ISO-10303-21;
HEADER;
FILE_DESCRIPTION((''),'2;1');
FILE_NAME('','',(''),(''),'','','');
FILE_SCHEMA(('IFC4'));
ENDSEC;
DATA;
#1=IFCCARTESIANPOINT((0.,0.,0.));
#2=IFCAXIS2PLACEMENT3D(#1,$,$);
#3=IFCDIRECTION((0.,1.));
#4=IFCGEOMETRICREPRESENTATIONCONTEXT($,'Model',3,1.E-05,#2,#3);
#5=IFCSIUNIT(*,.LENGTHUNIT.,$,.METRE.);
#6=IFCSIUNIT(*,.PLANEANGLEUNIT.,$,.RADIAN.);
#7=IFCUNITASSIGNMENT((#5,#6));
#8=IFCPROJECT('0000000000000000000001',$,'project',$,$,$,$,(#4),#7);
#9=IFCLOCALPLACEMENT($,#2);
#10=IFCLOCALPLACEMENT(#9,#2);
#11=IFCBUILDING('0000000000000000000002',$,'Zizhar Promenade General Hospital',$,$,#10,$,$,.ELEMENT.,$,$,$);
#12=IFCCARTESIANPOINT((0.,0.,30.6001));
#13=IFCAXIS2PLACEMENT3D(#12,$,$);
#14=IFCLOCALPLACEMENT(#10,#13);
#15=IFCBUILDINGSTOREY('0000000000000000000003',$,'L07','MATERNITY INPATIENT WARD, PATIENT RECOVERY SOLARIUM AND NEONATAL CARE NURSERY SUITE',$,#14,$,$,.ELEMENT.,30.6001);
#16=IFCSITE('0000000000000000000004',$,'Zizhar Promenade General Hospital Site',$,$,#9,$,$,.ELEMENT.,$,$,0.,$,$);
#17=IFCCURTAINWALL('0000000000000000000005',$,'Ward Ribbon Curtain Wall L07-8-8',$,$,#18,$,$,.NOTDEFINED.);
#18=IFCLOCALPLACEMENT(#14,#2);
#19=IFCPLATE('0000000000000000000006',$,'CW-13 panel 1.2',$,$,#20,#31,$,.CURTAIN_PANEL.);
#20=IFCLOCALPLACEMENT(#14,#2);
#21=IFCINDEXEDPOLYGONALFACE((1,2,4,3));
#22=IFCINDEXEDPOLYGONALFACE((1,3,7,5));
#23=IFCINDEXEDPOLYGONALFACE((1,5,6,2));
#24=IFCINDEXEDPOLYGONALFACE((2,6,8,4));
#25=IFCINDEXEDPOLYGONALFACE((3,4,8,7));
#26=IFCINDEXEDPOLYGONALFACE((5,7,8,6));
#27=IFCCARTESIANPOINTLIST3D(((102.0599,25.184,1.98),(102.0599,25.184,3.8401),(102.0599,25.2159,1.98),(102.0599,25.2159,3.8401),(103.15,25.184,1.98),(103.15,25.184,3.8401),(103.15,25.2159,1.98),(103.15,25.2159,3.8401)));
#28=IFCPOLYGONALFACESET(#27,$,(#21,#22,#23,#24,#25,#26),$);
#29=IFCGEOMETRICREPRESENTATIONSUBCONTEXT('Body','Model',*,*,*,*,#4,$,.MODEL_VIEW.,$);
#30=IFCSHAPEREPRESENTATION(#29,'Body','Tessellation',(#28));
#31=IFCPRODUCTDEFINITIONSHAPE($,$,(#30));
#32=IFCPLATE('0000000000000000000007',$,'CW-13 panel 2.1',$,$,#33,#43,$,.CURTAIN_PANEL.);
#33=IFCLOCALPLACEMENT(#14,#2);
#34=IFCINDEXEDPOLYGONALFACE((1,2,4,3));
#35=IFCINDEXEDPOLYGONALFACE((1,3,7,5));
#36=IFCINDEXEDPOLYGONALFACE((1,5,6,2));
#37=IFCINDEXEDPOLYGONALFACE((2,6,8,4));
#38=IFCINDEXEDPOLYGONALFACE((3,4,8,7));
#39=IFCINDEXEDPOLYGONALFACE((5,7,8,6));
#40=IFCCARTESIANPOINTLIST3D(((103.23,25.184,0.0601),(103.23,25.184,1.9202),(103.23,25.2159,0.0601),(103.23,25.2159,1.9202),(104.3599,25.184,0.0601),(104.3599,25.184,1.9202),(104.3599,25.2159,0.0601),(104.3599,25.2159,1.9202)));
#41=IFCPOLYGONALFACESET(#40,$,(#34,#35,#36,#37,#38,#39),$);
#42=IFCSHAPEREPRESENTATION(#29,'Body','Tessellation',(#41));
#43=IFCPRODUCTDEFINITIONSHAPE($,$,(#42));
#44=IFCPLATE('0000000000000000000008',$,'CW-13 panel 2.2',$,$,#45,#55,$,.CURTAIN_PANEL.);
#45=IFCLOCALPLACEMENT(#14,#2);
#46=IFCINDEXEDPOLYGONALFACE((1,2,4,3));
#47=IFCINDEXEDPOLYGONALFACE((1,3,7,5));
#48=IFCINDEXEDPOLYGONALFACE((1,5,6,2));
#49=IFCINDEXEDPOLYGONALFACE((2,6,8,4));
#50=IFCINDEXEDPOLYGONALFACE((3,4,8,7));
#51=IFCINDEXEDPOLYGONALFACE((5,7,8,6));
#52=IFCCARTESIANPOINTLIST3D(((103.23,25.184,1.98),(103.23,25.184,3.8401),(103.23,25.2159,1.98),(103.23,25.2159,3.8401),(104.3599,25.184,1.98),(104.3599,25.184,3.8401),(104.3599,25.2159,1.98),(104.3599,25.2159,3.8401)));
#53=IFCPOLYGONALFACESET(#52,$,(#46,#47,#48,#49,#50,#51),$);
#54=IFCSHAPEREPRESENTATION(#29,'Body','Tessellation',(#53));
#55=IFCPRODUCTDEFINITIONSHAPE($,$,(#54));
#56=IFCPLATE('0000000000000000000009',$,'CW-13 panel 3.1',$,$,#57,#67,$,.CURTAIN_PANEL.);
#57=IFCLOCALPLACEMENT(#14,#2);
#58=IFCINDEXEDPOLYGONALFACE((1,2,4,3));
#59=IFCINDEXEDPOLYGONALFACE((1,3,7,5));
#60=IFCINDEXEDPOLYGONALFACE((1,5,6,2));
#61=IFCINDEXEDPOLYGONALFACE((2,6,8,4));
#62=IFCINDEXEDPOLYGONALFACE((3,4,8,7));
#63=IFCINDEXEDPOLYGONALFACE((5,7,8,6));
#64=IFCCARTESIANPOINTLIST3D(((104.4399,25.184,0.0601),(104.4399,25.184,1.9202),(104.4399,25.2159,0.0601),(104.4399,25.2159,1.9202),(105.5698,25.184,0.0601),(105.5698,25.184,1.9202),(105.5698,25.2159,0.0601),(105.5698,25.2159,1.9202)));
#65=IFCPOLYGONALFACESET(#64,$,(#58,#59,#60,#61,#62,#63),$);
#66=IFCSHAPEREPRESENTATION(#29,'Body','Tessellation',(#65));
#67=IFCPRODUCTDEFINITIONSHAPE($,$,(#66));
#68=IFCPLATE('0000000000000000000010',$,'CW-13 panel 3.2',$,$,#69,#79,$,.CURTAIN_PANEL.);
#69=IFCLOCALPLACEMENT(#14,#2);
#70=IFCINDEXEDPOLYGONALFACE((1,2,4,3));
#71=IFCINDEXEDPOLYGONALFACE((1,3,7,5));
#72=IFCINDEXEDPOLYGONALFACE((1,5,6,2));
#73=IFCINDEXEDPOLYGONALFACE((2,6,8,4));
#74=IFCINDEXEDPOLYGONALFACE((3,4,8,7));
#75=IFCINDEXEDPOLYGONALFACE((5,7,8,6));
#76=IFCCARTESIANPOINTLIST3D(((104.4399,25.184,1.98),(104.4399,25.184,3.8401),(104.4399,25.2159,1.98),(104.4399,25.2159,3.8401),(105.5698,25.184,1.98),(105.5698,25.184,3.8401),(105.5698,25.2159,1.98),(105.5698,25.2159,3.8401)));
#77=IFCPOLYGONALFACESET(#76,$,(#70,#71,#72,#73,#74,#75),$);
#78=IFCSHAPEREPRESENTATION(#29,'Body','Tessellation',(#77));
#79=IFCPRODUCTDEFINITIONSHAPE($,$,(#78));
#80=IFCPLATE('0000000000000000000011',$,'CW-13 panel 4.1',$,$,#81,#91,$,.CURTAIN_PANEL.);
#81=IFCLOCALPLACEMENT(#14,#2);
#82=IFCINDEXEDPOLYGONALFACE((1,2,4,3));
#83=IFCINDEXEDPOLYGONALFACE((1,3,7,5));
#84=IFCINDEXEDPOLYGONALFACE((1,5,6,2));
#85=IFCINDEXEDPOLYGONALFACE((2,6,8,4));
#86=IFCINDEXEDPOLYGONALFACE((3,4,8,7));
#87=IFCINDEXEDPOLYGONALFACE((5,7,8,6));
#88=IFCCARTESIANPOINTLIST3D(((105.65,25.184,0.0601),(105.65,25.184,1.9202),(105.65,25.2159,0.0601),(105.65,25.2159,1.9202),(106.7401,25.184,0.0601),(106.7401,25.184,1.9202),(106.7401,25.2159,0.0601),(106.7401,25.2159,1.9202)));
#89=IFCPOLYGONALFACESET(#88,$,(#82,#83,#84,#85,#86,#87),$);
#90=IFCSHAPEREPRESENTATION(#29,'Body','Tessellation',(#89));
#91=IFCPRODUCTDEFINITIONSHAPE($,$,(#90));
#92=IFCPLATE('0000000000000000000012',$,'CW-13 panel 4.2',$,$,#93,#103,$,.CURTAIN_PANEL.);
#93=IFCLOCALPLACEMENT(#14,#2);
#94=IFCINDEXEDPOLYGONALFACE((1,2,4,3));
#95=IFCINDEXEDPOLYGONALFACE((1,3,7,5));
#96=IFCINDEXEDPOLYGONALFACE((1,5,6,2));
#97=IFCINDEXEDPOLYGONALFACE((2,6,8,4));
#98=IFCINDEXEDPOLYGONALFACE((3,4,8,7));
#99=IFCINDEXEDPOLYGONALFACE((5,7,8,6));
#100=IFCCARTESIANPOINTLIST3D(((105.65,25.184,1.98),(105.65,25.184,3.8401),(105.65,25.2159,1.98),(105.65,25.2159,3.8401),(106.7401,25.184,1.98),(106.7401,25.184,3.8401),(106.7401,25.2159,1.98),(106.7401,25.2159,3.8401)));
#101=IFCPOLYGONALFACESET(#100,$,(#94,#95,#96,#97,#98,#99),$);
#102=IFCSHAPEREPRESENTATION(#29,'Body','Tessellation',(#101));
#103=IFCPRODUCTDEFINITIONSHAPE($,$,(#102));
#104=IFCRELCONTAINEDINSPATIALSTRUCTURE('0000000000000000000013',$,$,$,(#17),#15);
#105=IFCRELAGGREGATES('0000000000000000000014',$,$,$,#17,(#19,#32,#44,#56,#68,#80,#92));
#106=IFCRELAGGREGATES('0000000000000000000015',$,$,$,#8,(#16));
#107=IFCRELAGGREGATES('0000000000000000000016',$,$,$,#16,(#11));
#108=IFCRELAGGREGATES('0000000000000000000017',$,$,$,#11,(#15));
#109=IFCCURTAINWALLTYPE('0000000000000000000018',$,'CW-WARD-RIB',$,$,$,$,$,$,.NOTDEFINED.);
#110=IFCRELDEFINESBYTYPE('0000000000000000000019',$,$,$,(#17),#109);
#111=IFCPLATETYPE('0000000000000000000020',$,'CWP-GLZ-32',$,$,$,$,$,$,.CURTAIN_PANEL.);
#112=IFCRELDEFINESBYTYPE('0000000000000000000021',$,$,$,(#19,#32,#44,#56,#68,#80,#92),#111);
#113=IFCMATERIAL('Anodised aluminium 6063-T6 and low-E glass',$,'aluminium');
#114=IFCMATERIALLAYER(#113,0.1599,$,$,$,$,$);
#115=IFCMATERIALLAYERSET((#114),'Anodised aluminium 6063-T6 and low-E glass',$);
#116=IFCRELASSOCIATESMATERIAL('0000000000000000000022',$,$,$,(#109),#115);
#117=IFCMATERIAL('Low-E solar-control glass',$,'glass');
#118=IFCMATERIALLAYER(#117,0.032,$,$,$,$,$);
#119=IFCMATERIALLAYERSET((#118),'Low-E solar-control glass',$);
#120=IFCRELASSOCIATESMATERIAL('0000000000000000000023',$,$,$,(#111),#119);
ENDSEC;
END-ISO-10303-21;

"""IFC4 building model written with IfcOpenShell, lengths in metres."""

from ifc_helpers import new_model, si_unit, direction, frame, origin, origin_2d, place, context, subcontext, project, spatial, rectangle, extrude, material, layer, layer_set, type_object, element, aggregate, save


model = new_model("IFC4")

# Units and contexts
model_context = context("Model", 3, precision=1e-05, world=origin(), true_north=direction((0.0, 1.0)))
body_context = subcontext(model_context, "Body", "Model", "MODEL_VIEW")
ifc_project = project(units=[si_unit("LENGTHUNIT", "METRE"), si_unit("PLANEANGLEUNIT", "RADIAN")], contexts=[model_context])

# Site, building, storey
site_placement = place(None, origin())
site = spatial("IfcSite", under=ifc_project, at=site_placement, Name="Zizhar Promenade General Hospital Site", CompositionType="ELEMENT", RefElevation=0.0)
building_placement = place(site_placement, origin())
building = spatial("IfcBuilding", under=site, at=building_placement, Name="Zizhar Promenade General Hospital", CompositionType="ELEMENT")
storey_placement = place(building_placement, frame((0.0, 0.0, 30.6001)))
storey = spatial("IfcBuildingStorey", under=building, at=storey_placement, Name="L07", Description="MATERNITY INPATIENT WARD, PATIENT RECOVERY SOLARIUM AND NEONATAL CARE NURSERY SUITE", CompositionType="ELEMENT", Elevation=30.6001)

# Shared definitions
ifc_material_1 = material(Name="Anodised aluminium 6063-T6 and low-E glass", Category="aluminium")
ifc_layer_1 = layer(ifc_material_1, 0.1599)
ifc_layer_set_1 = layer_set([ifc_layer_1], Name="Anodised aluminium 6063-T6 and low-E glass")
curtain_wall_type = type_object("IfcCurtainWallType", Name="CW-WARD-RIB", PredefinedType="NOTDEFINED", material=ifc_layer_set_1)

# Curtain wall
curtain_wall_1_placement = place(storey_placement, origin())
curtain_wall_1 = element("IfcCurtainWall", 1, at=curtain_wall_1_placement, inside=storey, type_object=curtain_wall_type, Name="Ward Ribbon Curtain Wall L07-8-8", PredefinedType="NOTDEFINED")

# Plates
ifc_material_2 = material(Name="Low-E solar-control glass", Category="glass")
ifc_layer_2 = layer(ifc_material_2, 0.032)
ifc_layer_set_2 = layer_set([ifc_layer_2], Name="Low-E solar-control glass")
plate_type = type_object("IfcPlateType", Name="CWP-GLZ-32", PredefinedType="CURTAIN_PANEL", material=ifc_layer_set_2)
plate_1_placement = place(storey_placement, frame((102.605, 25.2, 1.98), z_axis=(0.0, 0.0, 1.0), x_axis=(1.0, 0.0, 0.0)))
plate_1 = element("IfcPlate", 2, at=plate_1_placement, type_object=plate_type, Name="CW-13 panel 1.2", PredefinedType="CURTAIN_PANEL", context=body_context, shape_type="SweptSolid", body=[
    extrude(rectangle(XDim=1.0901, YDim=0.032, at=origin_2d()), origin(), (0.0, 0.0, 1.0), 1.8601),
])
plate_2_placement = place(storey_placement, frame((103.7949, 25.2, 0.0601), z_axis=(0.0, 0.0, 1.0), x_axis=(1.0, 0.0, 0.0)))
plate_2 = element("IfcPlate", 3, at=plate_2_placement, type_object=plate_type, Name="CW-13 panel 2.1", PredefinedType="CURTAIN_PANEL", context=body_context, shape_type="SweptSolid", body=[
    extrude(rectangle(XDim=1.1299, YDim=0.032, at=origin_2d()), origin(), (0.0, 0.0, 1.0), 1.8601),
])
plate_3_placement = place(storey_placement, frame((103.7949, 25.2, 1.98), z_axis=(0.0, 0.0, 1.0), x_axis=(1.0, 0.0, 0.0)))
plate_3 = element("IfcPlate", 4, at=plate_3_placement, type_object=plate_type, Name="CW-13 panel 2.2", PredefinedType="CURTAIN_PANEL", context=body_context, shape_type="SweptSolid", body=[
    extrude(rectangle(XDim=1.1299, YDim=0.032, at=origin_2d()), origin(), (0.0, 0.0, 1.0), 1.8601),
])
plate_4_placement = place(storey_placement, frame((105.0049, 25.2, 0.0601), z_axis=(0.0, 0.0, 1.0), x_axis=(1.0, 0.0, 0.0)))
plate_4 = element("IfcPlate", 5, at=plate_4_placement, type_object=plate_type, Name="CW-13 panel 3.1", PredefinedType="CURTAIN_PANEL", context=body_context, shape_type="SweptSolid", body=[
    extrude(rectangle(XDim=1.1299, YDim=0.032, at=origin_2d()), origin(), (0.0, 0.0, 1.0), 1.8601),
])
plate_5_placement = place(storey_placement, frame((105.0049, 25.2, 1.98), z_axis=(0.0, 0.0, 1.0), x_axis=(1.0, 0.0, 0.0)))
plate_5 = element("IfcPlate", 6, at=plate_5_placement, type_object=plate_type, Name="CW-13 panel 3.2", PredefinedType="CURTAIN_PANEL", context=body_context, shape_type="SweptSolid", body=[
    extrude(rectangle(XDim=1.1299, YDim=0.032, at=origin_2d()), origin(), (0.0, 0.0, 1.0), 1.8601),
])
plate_6_placement = place(storey_placement, frame((106.1951, 25.2, 0.0601), z_axis=(0.0, 0.0, 1.0), x_axis=(1.0, 0.0, 0.0)))
plate_6 = element("IfcPlate", 7, at=plate_6_placement, type_object=plate_type, Name="CW-13 panel 4.1", PredefinedType="CURTAIN_PANEL", context=body_context, shape_type="SweptSolid", body=[
    extrude(rectangle(XDim=1.0901, YDim=0.032, at=origin_2d()), origin(), (0.0, 0.0, 1.0), 1.8601),
])
plate_7_placement = place(storey_placement, frame((106.1951, 25.2, 1.98), z_axis=(0.0, 0.0, 1.0), x_axis=(1.0, 0.0, 0.0)))
plate_7 = element("IfcPlate", 8, at=plate_7_placement, type_object=plate_type, Name="CW-13 panel 4.2", PredefinedType="CURTAIN_PANEL", context=body_context, shape_type="SweptSolid", body=[
    extrude(rectangle(XDim=1.0901, YDim=0.032, at=origin_2d()), origin(), (0.0, 0.0, 1.0), 1.8601),
])
aggregate(curtain_wall_1, [plate_1, plate_2, plate_3, plate_4, plate_5, plate_6, plate_7])

save(model, "model.ifc")
